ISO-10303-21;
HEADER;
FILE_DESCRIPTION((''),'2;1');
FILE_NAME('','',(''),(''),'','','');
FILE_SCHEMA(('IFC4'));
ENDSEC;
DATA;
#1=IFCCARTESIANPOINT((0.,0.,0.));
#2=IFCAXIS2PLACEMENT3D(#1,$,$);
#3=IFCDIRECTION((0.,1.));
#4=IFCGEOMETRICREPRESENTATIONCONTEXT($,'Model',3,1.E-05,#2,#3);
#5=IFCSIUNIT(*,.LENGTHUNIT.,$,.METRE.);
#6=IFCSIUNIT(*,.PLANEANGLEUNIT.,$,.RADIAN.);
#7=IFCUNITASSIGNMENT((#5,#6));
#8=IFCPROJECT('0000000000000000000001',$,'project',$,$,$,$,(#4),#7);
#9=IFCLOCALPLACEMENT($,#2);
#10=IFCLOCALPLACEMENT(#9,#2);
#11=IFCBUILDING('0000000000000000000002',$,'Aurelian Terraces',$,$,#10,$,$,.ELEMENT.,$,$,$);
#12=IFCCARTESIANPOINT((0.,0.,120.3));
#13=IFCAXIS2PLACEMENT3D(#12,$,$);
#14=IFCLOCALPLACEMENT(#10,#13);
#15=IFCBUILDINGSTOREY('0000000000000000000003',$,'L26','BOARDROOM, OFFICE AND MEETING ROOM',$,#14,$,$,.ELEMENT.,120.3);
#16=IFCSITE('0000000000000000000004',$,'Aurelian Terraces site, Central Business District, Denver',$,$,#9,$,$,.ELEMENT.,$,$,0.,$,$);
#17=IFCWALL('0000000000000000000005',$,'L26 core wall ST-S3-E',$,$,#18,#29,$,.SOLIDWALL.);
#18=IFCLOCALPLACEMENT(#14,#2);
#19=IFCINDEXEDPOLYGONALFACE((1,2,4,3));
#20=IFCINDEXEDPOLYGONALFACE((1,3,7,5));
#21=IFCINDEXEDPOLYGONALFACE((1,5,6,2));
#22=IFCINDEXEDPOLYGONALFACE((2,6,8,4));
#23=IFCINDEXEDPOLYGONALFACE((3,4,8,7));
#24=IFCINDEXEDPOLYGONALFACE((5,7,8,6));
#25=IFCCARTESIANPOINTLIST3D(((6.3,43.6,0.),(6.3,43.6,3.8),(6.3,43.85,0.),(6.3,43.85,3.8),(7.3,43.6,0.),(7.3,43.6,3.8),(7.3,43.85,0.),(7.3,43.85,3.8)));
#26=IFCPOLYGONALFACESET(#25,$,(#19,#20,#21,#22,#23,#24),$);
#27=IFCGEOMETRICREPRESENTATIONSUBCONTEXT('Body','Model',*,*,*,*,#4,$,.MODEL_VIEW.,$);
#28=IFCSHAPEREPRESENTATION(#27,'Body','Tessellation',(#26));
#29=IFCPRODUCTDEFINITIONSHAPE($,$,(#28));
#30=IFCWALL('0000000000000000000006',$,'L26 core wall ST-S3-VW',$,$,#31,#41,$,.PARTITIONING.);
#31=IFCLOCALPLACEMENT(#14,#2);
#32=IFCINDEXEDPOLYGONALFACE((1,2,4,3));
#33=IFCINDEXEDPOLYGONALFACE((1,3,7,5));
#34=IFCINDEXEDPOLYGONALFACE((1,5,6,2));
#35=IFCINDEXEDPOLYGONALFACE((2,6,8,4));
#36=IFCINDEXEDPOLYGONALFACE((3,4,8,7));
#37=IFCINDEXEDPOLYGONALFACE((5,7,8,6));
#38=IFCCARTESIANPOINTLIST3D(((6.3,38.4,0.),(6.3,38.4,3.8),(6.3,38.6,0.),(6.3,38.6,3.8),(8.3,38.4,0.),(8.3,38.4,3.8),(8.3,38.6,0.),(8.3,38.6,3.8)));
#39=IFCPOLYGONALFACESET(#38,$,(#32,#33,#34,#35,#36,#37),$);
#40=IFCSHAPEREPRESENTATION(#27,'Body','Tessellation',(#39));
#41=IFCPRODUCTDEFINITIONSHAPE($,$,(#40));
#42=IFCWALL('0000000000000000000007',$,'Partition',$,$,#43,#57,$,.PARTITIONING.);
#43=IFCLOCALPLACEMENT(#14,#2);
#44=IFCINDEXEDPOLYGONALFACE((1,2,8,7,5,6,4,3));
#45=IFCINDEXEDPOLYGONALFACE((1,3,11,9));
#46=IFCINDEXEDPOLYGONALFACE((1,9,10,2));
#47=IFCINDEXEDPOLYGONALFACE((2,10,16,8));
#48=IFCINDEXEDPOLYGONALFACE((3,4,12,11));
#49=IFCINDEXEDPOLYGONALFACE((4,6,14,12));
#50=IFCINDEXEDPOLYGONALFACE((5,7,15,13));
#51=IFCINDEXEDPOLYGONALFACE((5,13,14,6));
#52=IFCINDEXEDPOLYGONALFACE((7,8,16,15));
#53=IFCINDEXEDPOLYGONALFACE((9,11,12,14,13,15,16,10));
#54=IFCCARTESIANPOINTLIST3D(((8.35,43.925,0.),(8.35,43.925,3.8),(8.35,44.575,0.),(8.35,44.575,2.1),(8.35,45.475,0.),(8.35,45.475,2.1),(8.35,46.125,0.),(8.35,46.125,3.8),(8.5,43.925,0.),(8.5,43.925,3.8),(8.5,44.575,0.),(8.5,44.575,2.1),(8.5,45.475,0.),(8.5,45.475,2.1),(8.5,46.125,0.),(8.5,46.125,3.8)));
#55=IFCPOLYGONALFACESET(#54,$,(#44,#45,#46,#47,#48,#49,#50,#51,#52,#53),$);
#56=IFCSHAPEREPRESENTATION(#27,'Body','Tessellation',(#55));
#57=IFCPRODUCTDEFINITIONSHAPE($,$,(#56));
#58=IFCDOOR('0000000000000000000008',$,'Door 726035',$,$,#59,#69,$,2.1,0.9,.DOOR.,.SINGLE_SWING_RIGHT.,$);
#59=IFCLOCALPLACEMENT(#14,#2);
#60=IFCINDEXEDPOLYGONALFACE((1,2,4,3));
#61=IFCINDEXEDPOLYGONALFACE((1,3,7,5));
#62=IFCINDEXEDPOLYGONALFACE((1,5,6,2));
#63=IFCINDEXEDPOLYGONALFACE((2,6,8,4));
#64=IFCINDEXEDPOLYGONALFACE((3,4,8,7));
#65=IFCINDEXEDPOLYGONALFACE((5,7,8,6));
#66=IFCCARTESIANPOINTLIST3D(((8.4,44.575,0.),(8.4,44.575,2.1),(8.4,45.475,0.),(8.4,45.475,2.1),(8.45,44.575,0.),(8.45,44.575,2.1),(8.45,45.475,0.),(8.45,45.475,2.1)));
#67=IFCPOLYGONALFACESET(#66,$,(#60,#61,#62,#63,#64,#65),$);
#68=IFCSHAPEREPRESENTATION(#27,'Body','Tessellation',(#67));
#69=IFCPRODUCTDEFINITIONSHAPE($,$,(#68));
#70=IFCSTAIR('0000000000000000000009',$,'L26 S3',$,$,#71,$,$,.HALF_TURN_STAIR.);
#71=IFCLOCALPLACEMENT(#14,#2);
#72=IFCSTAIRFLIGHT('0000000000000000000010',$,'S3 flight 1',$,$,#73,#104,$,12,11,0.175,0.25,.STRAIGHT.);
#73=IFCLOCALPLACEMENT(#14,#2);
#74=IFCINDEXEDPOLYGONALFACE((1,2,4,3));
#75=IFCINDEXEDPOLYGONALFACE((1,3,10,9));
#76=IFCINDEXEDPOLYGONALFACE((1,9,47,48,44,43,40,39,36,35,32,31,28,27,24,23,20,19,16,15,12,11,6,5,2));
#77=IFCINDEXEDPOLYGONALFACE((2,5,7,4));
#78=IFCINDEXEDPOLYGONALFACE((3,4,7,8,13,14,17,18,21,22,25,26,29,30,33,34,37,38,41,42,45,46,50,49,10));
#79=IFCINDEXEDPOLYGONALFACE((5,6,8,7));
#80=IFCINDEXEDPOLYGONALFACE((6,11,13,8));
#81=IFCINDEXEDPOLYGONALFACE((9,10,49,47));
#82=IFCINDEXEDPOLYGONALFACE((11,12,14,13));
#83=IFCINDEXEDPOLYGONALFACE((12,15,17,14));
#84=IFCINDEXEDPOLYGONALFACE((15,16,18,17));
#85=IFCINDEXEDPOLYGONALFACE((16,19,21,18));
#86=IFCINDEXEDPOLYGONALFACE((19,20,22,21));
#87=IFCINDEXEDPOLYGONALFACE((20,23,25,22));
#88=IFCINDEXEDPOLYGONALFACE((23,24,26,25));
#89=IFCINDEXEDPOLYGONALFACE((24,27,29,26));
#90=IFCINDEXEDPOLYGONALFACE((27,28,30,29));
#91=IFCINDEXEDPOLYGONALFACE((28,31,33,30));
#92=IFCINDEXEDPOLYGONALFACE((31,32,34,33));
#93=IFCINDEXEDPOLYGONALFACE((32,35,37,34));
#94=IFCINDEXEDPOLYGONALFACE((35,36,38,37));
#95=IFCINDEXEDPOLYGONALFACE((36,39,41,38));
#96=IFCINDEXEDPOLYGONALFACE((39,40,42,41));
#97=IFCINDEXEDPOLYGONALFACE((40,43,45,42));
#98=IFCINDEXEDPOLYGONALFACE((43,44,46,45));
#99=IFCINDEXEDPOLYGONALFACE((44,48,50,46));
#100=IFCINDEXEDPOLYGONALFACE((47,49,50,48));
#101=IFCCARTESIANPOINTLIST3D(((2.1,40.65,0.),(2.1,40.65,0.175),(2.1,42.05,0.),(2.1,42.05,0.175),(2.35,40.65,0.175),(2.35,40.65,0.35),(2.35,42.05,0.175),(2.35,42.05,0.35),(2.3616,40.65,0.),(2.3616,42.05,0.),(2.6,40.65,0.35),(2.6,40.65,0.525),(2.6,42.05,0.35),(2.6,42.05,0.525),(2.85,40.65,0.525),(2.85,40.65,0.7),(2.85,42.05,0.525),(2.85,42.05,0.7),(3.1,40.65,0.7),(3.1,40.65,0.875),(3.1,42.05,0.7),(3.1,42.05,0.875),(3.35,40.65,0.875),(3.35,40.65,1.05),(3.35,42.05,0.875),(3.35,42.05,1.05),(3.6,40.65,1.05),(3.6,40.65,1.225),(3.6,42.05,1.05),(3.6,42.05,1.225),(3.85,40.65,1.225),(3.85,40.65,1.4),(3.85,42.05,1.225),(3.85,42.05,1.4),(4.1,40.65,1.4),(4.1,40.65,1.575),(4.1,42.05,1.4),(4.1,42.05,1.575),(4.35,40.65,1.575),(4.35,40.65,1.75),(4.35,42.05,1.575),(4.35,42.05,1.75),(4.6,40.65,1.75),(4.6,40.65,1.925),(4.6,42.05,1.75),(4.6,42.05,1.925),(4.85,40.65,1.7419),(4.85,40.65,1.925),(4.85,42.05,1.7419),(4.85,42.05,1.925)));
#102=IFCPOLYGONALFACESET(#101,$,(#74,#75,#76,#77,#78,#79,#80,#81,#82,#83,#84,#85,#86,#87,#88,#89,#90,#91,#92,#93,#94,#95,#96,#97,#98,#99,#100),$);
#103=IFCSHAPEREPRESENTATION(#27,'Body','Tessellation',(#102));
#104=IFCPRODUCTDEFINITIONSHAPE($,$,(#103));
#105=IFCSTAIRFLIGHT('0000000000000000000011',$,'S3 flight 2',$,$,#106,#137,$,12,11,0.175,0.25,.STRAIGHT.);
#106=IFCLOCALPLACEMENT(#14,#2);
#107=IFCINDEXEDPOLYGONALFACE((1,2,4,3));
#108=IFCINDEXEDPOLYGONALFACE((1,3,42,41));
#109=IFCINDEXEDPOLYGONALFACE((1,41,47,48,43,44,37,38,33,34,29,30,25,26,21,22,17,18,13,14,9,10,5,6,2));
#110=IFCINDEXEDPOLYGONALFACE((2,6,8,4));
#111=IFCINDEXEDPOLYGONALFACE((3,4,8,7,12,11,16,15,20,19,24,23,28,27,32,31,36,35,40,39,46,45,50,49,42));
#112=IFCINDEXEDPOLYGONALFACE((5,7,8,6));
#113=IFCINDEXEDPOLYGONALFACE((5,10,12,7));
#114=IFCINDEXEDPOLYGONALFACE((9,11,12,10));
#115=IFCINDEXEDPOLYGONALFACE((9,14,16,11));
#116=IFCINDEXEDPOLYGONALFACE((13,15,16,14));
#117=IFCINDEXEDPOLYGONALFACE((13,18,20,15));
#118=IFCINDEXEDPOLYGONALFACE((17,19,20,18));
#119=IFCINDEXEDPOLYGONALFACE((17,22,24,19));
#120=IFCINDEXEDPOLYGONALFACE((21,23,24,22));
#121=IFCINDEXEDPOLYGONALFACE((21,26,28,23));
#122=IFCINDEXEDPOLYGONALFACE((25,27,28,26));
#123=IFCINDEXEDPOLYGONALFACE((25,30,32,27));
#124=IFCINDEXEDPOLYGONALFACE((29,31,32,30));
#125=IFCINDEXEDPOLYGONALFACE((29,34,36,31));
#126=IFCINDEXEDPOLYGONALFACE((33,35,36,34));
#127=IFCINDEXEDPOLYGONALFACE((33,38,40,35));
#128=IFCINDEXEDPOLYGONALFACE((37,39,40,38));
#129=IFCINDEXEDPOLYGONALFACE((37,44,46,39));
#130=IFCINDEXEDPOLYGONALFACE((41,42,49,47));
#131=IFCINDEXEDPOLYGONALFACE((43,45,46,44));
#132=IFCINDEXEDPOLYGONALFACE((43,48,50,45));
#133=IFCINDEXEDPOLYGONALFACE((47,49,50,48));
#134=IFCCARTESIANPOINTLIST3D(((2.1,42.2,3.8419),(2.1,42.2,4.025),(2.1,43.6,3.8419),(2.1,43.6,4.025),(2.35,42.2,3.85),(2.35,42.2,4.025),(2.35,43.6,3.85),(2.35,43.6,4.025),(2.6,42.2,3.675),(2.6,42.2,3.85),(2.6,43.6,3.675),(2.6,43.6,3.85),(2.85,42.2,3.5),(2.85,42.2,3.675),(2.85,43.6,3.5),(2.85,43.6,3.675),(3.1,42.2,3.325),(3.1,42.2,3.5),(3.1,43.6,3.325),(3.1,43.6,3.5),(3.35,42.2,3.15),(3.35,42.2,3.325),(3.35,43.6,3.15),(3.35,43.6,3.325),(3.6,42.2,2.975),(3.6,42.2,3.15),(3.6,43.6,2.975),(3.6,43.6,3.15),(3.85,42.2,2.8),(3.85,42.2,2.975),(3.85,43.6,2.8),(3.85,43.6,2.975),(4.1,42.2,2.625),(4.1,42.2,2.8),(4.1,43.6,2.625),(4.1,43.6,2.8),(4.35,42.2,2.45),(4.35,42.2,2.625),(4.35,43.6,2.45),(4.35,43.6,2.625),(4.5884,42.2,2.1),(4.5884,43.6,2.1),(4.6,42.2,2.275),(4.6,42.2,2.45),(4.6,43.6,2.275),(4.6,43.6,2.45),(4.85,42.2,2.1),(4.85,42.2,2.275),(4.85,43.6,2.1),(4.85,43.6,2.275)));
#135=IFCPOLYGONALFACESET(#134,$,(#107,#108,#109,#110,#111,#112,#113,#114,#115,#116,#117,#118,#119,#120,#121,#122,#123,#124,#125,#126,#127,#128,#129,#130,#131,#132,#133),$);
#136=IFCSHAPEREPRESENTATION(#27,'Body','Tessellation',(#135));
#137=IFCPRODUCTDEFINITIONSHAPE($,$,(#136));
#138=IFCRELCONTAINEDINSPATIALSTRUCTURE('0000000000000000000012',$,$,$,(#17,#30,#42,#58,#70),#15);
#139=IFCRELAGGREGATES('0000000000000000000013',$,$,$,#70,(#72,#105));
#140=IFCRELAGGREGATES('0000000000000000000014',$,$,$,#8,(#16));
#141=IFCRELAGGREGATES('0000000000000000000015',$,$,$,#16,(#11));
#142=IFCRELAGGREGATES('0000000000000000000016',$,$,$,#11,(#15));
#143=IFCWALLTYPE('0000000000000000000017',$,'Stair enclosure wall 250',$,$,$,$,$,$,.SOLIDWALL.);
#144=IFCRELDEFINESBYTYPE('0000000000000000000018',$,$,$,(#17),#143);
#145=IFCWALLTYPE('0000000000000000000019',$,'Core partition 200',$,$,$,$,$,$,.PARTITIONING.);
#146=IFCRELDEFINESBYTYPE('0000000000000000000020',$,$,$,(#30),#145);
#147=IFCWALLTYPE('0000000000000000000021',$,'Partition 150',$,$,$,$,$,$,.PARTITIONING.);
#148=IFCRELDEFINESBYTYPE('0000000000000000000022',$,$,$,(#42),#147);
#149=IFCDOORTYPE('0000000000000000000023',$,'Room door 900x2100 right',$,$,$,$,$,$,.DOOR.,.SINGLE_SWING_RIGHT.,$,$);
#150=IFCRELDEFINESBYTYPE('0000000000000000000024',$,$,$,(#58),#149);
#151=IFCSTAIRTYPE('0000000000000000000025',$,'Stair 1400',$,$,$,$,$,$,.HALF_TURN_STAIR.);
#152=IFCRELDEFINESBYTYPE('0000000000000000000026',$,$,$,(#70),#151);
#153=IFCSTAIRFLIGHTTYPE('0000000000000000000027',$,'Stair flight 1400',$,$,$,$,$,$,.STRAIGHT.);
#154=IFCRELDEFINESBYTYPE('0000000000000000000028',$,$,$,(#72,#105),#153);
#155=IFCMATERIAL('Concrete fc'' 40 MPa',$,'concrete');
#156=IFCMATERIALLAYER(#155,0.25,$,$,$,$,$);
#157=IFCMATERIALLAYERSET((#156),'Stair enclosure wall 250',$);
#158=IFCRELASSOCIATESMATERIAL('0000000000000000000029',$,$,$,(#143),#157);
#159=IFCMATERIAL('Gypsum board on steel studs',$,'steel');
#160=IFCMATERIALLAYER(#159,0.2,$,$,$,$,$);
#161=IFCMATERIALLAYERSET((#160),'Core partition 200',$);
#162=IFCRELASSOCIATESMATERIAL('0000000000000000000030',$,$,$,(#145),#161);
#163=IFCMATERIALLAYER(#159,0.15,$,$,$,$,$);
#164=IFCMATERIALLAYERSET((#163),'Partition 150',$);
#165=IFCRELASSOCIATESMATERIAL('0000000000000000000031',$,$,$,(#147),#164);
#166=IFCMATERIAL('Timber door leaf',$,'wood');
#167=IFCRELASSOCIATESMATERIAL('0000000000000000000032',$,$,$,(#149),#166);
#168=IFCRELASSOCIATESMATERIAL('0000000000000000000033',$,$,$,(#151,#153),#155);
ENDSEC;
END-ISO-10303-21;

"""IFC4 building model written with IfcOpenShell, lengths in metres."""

from ifc_helpers import new_model, si_unit, direction, frame, frame_2d, origin, place, context, subcontext, project, spatial, polyline, rectangle, outline, extrude, source, transform, mapped, material, layer, layer_set, type_object, element, fill, aggregate, save


model = new_model("IFC4")

# Units and contexts
model_context = context("Model", 3, precision=1e-05, world=origin(), true_north=direction((0.0, 1.0)))
body_context = subcontext(model_context, "Body", "Model", "MODEL_VIEW")
ifc_project = project(units=[si_unit("LENGTHUNIT", "METRE"), si_unit("PLANEANGLEUNIT", "RADIAN")], contexts=[model_context])

# Site, building, storey
site_placement = place(None, origin())
site = spatial("IfcSite", under=ifc_project, at=site_placement, Name="Aurelian Terraces site, Central Business District, Denver", CompositionType="ELEMENT", RefElevation=0.0)
building_placement = place(site_placement, origin())
building = spatial("IfcBuilding", under=site, at=building_placement, Name="Aurelian Terraces", CompositionType="ELEMENT")
storey_placement = place(building_placement, frame((0.0, 0.0, 120.3)))
storey = spatial("IfcBuildingStorey", under=building, at=storey_placement, Name="L26", Description="BOARDROOM, OFFICE AND MEETING ROOM", CompositionType="ELEMENT", Elevation=120.3)

# Shared definitions
ifc_material_1 = material(Name="Concrete fc' 40 MPa", Category="concrete")

# Shared definitions
ifc_layer_1 = layer(ifc_material_1, 0.25)
ifc_layer_set_1 = layer_set([ifc_layer_1], Name="Stair enclosure wall 250")
wall_type_1 = type_object("IfcWallType", Name="Stair enclosure wall 250", PredefinedType="SOLIDWALL", material=ifc_layer_set_1)

# Walls
ifc_material_2 = material(Name="Gypsum board on steel studs", Category="steel")
ifc_layer_2 = layer(ifc_material_2, 0.2)
ifc_layer_set_2 = layer_set([ifc_layer_2], Name="Core partition 200")
wall_type_2 = type_object("IfcWallType", Name="Core partition 200", PredefinedType="PARTITIONING", material=ifc_layer_set_2)
shared_shape_1 = source(origin(), body_context, "Body", "SweptSolid", [
    extrude(rectangle(XDim=1.0, YDim=0.25, at=frame_2d((0.5, 0.0))), origin(), (0.0, 0.0, 1.0), 3.8),
])
wall_1_placement = place(storey_placement, frame((6.3, 43.725, 0.0), z_axis=(0.0, 0.0, 1.0), x_axis=(1.0, 0.0, 0.0)))
element("IfcWall", 1, at=wall_1_placement, inside=storey, type_object=wall_type_1, Name="L26 core wall ST-S3-E", PredefinedType="SOLIDWALL", context=body_context, shape_type="MappedRepresentation", body=[
    mapped(shared_shape_1, transform((0.0, 0.0, 0.0), scale=1.0)),
])
shared_shape_2 = source(origin(), body_context, "Body", "SweptSolid", [
    extrude(rectangle(XDim=2.0, YDim=0.2, at=frame_2d((1.0, 0.0))), origin(), (0.0, 0.0, 1.0), 3.8),
])
wall_2_placement = place(storey_placement, frame((6.3, 38.5, 0.0), z_axis=(0.0, 0.0, 1.0), x_axis=(1.0, 0.0, 0.0)))
element("IfcWall", 2, at=wall_2_placement, inside=storey, type_object=wall_type_2, Name="L26 core wall ST-S3-VW", PredefinedType="PARTITIONING", context=body_context, shape_type="MappedRepresentation", body=[
    mapped(shared_shape_2, transform((0.0, 0.0, 0.0), scale=1.0)),
])

# Wall, opening, door
ifc_layer_3 = layer(ifc_material_2, 0.15)
ifc_layer_set_3 = layer_set([ifc_layer_3], Name="Partition 150")
wall_type_3 = type_object("IfcWallType", Name="Partition 150", PredefinedType="PARTITIONING", material=ifc_layer_set_3)
shared_shape_3 = source(origin(), body_context, "Body", "SweptSolid", [
    extrude(rectangle(XDim=2.2, YDim=0.15, at=frame_2d((1.1, 0.0))), origin(), (0.0, 0.0, 1.0), 3.8),
])
wall_3_placement = place(storey_placement, frame((8.425, 43.925, 0.0), z_axis=(0.0, 0.0, 1.0), x_axis=(0.0, 1.0, 0.0)))
wall_3 = element("IfcWall", 3, at=wall_3_placement, inside=storey, type_object=wall_type_3, Name="Partition", PredefinedType="PARTITIONING", context=body_context, shape_type="MappedRepresentation", body=[
    mapped(shared_shape_3, transform((0.0, 0.0, 0.0), scale=1.0)),
])
shared_shape_4 = source(origin(), body_context, "Body", "SweptSolid", [
    extrude(rectangle(XDim=0.9, YDim=2.1, at=frame_2d((0.45, 1.05))), frame((0.0, 0.085, 0.0), z_axis=(0.0, -1.0, 0.0), x_axis=(1.0, 0.0, 0.0)), (0.0, 0.0, 1.0), 0.17),
])
opening_1_placement = place(wall_3_placement, frame((0.65, 0.0, 0.0)))
opening_1 = element("IfcOpeningElement", 4, at=opening_1_placement, cuts=wall_3, PredefinedType="OPENING", context=body_context, shape_type="MappedRepresentation", body=[
    mapped(shared_shape_4, transform((0.0, 0.0, 0.0), scale=1.0)),
])
ifc_material_3 = material(Name="Timber door leaf", Category="wood")
door_type_1 = type_object("IfcDoorType", Name="Room door 900x2100 right", OperationType="SINGLE_SWING_RIGHT", PredefinedType="DOOR", material=ifc_material_3)
shared_shape_5 = source(origin(), body_context, "Body", "SweptSolid", [
    extrude(rectangle(XDim=0.9, YDim=2.1, at=frame_2d((0.45, 1.05))), frame((0.0, 0.025, 0.0), z_axis=(0.0, -1.0, 0.0), x_axis=(1.0, 0.0, 0.0)), (0.0, 0.0, 1.0), 0.05),
])
door_1_placement = place(opening_1_placement, origin())
door_1 = element("IfcDoor", 5, at=door_1_placement, inside=storey, type_object=door_type_1, Name="Door 726035", OperationType="SINGLE_SWING_RIGHT", OverallHeight=2.1, OverallWidth=0.9, PredefinedType="DOOR", context=body_context, shape_type="MappedRepresentation", body=[
    mapped(shared_shape_5, transform((0.0, 0.0, 0.0), scale=1.0)),
])
fill(opening_1, door_1)

# Stair, stair flights
stair_type = type_object("IfcStairType", Name="Stair 1400", PredefinedType="HALF_TURN_STAIR", material=ifc_material_1)
stair_placement = place(storey_placement, origin())
stair = element("IfcStair", 6, at=stair_placement, inside=storey, type_object=stair_type, Name="L26 S3", PredefinedType="HALF_TURN_STAIR")
stair_flight_type = type_object("IfcStairFlightType", Name="Stair flight 1400", PredefinedType="STRAIGHT", material=ifc_material_1)
shared_shape_6 = source(origin(), body_context, "Body", "SweptSolid", [
    extrude(outline(polyline([(0.0, 0.0), (0.0, 0.175), (0.25, 0.175), (0.25, 0.35), (0.5, 0.35), (0.5, 0.525), (0.75, 0.525), (0.75, 0.7), (1.0, 0.7), (1.0, 0.875), (1.25, 0.875), (1.25, 1.05), (1.5, 1.05), (1.5, 1.225), (1.75, 1.225), (1.75, 1.4), (2.0, 1.4), (2.0, 1.575), (2.25, 1.575), (2.25, 1.75), (2.5, 1.75), (2.5, 1.925), (2.75, 1.925), (2.75, 2.1), (2.75, 1.7419), (0.2616, 0.0), (0.0, 0.0)])), frame((0.0, 0.7, 0.0), z_axis=(0.0, -1.0, 0.0), x_axis=(1.0, 0.0, 0.0)), (0.0, 0.0, 1.0), 1.4),
])
stair_flight_1_placement = place(storey_placement, frame((2.1, 41.35, 0.0), z_axis=(0.0, 0.0, 1.0), x_axis=(1.0, 0.0, 0.0)))
stair_flight_1 = element("IfcStairFlight", 7, at=stair_flight_1_placement, type_object=stair_flight_type, Name="S3 flight 1", NumberOfRisers=12, NumberOfTreads=11, PredefinedType="STRAIGHT", RiserHeight=0.175, TreadLength=0.25, context=body_context, shape_type="MappedRepresentation", body=[
    mapped(shared_shape_6, transform((0.0, 0.0, 0.0), scale=1.0)),
])
stair_flight_2_placement = place(storey_placement, frame((4.85, 42.9, 2.1), z_axis=(0.0, 0.0, 1.0), x_axis=(-1.0, 0.0, 0.0)))
stair_flight_2 = element("IfcStairFlight", 8, at=stair_flight_2_placement, type_object=stair_flight_type, Name="S3 flight 2", NumberOfRisers=12, NumberOfTreads=11, PredefinedType="STRAIGHT", RiserHeight=0.175, TreadLength=0.25, context=body_context, shape_type="MappedRepresentation", body=[
    mapped(shared_shape_6, transform((0.0, 0.0, 0.0), scale=1.0)),
])
aggregate(stair, [stair_flight_1, stair_flight_2])

save(model, "model.ifc")
